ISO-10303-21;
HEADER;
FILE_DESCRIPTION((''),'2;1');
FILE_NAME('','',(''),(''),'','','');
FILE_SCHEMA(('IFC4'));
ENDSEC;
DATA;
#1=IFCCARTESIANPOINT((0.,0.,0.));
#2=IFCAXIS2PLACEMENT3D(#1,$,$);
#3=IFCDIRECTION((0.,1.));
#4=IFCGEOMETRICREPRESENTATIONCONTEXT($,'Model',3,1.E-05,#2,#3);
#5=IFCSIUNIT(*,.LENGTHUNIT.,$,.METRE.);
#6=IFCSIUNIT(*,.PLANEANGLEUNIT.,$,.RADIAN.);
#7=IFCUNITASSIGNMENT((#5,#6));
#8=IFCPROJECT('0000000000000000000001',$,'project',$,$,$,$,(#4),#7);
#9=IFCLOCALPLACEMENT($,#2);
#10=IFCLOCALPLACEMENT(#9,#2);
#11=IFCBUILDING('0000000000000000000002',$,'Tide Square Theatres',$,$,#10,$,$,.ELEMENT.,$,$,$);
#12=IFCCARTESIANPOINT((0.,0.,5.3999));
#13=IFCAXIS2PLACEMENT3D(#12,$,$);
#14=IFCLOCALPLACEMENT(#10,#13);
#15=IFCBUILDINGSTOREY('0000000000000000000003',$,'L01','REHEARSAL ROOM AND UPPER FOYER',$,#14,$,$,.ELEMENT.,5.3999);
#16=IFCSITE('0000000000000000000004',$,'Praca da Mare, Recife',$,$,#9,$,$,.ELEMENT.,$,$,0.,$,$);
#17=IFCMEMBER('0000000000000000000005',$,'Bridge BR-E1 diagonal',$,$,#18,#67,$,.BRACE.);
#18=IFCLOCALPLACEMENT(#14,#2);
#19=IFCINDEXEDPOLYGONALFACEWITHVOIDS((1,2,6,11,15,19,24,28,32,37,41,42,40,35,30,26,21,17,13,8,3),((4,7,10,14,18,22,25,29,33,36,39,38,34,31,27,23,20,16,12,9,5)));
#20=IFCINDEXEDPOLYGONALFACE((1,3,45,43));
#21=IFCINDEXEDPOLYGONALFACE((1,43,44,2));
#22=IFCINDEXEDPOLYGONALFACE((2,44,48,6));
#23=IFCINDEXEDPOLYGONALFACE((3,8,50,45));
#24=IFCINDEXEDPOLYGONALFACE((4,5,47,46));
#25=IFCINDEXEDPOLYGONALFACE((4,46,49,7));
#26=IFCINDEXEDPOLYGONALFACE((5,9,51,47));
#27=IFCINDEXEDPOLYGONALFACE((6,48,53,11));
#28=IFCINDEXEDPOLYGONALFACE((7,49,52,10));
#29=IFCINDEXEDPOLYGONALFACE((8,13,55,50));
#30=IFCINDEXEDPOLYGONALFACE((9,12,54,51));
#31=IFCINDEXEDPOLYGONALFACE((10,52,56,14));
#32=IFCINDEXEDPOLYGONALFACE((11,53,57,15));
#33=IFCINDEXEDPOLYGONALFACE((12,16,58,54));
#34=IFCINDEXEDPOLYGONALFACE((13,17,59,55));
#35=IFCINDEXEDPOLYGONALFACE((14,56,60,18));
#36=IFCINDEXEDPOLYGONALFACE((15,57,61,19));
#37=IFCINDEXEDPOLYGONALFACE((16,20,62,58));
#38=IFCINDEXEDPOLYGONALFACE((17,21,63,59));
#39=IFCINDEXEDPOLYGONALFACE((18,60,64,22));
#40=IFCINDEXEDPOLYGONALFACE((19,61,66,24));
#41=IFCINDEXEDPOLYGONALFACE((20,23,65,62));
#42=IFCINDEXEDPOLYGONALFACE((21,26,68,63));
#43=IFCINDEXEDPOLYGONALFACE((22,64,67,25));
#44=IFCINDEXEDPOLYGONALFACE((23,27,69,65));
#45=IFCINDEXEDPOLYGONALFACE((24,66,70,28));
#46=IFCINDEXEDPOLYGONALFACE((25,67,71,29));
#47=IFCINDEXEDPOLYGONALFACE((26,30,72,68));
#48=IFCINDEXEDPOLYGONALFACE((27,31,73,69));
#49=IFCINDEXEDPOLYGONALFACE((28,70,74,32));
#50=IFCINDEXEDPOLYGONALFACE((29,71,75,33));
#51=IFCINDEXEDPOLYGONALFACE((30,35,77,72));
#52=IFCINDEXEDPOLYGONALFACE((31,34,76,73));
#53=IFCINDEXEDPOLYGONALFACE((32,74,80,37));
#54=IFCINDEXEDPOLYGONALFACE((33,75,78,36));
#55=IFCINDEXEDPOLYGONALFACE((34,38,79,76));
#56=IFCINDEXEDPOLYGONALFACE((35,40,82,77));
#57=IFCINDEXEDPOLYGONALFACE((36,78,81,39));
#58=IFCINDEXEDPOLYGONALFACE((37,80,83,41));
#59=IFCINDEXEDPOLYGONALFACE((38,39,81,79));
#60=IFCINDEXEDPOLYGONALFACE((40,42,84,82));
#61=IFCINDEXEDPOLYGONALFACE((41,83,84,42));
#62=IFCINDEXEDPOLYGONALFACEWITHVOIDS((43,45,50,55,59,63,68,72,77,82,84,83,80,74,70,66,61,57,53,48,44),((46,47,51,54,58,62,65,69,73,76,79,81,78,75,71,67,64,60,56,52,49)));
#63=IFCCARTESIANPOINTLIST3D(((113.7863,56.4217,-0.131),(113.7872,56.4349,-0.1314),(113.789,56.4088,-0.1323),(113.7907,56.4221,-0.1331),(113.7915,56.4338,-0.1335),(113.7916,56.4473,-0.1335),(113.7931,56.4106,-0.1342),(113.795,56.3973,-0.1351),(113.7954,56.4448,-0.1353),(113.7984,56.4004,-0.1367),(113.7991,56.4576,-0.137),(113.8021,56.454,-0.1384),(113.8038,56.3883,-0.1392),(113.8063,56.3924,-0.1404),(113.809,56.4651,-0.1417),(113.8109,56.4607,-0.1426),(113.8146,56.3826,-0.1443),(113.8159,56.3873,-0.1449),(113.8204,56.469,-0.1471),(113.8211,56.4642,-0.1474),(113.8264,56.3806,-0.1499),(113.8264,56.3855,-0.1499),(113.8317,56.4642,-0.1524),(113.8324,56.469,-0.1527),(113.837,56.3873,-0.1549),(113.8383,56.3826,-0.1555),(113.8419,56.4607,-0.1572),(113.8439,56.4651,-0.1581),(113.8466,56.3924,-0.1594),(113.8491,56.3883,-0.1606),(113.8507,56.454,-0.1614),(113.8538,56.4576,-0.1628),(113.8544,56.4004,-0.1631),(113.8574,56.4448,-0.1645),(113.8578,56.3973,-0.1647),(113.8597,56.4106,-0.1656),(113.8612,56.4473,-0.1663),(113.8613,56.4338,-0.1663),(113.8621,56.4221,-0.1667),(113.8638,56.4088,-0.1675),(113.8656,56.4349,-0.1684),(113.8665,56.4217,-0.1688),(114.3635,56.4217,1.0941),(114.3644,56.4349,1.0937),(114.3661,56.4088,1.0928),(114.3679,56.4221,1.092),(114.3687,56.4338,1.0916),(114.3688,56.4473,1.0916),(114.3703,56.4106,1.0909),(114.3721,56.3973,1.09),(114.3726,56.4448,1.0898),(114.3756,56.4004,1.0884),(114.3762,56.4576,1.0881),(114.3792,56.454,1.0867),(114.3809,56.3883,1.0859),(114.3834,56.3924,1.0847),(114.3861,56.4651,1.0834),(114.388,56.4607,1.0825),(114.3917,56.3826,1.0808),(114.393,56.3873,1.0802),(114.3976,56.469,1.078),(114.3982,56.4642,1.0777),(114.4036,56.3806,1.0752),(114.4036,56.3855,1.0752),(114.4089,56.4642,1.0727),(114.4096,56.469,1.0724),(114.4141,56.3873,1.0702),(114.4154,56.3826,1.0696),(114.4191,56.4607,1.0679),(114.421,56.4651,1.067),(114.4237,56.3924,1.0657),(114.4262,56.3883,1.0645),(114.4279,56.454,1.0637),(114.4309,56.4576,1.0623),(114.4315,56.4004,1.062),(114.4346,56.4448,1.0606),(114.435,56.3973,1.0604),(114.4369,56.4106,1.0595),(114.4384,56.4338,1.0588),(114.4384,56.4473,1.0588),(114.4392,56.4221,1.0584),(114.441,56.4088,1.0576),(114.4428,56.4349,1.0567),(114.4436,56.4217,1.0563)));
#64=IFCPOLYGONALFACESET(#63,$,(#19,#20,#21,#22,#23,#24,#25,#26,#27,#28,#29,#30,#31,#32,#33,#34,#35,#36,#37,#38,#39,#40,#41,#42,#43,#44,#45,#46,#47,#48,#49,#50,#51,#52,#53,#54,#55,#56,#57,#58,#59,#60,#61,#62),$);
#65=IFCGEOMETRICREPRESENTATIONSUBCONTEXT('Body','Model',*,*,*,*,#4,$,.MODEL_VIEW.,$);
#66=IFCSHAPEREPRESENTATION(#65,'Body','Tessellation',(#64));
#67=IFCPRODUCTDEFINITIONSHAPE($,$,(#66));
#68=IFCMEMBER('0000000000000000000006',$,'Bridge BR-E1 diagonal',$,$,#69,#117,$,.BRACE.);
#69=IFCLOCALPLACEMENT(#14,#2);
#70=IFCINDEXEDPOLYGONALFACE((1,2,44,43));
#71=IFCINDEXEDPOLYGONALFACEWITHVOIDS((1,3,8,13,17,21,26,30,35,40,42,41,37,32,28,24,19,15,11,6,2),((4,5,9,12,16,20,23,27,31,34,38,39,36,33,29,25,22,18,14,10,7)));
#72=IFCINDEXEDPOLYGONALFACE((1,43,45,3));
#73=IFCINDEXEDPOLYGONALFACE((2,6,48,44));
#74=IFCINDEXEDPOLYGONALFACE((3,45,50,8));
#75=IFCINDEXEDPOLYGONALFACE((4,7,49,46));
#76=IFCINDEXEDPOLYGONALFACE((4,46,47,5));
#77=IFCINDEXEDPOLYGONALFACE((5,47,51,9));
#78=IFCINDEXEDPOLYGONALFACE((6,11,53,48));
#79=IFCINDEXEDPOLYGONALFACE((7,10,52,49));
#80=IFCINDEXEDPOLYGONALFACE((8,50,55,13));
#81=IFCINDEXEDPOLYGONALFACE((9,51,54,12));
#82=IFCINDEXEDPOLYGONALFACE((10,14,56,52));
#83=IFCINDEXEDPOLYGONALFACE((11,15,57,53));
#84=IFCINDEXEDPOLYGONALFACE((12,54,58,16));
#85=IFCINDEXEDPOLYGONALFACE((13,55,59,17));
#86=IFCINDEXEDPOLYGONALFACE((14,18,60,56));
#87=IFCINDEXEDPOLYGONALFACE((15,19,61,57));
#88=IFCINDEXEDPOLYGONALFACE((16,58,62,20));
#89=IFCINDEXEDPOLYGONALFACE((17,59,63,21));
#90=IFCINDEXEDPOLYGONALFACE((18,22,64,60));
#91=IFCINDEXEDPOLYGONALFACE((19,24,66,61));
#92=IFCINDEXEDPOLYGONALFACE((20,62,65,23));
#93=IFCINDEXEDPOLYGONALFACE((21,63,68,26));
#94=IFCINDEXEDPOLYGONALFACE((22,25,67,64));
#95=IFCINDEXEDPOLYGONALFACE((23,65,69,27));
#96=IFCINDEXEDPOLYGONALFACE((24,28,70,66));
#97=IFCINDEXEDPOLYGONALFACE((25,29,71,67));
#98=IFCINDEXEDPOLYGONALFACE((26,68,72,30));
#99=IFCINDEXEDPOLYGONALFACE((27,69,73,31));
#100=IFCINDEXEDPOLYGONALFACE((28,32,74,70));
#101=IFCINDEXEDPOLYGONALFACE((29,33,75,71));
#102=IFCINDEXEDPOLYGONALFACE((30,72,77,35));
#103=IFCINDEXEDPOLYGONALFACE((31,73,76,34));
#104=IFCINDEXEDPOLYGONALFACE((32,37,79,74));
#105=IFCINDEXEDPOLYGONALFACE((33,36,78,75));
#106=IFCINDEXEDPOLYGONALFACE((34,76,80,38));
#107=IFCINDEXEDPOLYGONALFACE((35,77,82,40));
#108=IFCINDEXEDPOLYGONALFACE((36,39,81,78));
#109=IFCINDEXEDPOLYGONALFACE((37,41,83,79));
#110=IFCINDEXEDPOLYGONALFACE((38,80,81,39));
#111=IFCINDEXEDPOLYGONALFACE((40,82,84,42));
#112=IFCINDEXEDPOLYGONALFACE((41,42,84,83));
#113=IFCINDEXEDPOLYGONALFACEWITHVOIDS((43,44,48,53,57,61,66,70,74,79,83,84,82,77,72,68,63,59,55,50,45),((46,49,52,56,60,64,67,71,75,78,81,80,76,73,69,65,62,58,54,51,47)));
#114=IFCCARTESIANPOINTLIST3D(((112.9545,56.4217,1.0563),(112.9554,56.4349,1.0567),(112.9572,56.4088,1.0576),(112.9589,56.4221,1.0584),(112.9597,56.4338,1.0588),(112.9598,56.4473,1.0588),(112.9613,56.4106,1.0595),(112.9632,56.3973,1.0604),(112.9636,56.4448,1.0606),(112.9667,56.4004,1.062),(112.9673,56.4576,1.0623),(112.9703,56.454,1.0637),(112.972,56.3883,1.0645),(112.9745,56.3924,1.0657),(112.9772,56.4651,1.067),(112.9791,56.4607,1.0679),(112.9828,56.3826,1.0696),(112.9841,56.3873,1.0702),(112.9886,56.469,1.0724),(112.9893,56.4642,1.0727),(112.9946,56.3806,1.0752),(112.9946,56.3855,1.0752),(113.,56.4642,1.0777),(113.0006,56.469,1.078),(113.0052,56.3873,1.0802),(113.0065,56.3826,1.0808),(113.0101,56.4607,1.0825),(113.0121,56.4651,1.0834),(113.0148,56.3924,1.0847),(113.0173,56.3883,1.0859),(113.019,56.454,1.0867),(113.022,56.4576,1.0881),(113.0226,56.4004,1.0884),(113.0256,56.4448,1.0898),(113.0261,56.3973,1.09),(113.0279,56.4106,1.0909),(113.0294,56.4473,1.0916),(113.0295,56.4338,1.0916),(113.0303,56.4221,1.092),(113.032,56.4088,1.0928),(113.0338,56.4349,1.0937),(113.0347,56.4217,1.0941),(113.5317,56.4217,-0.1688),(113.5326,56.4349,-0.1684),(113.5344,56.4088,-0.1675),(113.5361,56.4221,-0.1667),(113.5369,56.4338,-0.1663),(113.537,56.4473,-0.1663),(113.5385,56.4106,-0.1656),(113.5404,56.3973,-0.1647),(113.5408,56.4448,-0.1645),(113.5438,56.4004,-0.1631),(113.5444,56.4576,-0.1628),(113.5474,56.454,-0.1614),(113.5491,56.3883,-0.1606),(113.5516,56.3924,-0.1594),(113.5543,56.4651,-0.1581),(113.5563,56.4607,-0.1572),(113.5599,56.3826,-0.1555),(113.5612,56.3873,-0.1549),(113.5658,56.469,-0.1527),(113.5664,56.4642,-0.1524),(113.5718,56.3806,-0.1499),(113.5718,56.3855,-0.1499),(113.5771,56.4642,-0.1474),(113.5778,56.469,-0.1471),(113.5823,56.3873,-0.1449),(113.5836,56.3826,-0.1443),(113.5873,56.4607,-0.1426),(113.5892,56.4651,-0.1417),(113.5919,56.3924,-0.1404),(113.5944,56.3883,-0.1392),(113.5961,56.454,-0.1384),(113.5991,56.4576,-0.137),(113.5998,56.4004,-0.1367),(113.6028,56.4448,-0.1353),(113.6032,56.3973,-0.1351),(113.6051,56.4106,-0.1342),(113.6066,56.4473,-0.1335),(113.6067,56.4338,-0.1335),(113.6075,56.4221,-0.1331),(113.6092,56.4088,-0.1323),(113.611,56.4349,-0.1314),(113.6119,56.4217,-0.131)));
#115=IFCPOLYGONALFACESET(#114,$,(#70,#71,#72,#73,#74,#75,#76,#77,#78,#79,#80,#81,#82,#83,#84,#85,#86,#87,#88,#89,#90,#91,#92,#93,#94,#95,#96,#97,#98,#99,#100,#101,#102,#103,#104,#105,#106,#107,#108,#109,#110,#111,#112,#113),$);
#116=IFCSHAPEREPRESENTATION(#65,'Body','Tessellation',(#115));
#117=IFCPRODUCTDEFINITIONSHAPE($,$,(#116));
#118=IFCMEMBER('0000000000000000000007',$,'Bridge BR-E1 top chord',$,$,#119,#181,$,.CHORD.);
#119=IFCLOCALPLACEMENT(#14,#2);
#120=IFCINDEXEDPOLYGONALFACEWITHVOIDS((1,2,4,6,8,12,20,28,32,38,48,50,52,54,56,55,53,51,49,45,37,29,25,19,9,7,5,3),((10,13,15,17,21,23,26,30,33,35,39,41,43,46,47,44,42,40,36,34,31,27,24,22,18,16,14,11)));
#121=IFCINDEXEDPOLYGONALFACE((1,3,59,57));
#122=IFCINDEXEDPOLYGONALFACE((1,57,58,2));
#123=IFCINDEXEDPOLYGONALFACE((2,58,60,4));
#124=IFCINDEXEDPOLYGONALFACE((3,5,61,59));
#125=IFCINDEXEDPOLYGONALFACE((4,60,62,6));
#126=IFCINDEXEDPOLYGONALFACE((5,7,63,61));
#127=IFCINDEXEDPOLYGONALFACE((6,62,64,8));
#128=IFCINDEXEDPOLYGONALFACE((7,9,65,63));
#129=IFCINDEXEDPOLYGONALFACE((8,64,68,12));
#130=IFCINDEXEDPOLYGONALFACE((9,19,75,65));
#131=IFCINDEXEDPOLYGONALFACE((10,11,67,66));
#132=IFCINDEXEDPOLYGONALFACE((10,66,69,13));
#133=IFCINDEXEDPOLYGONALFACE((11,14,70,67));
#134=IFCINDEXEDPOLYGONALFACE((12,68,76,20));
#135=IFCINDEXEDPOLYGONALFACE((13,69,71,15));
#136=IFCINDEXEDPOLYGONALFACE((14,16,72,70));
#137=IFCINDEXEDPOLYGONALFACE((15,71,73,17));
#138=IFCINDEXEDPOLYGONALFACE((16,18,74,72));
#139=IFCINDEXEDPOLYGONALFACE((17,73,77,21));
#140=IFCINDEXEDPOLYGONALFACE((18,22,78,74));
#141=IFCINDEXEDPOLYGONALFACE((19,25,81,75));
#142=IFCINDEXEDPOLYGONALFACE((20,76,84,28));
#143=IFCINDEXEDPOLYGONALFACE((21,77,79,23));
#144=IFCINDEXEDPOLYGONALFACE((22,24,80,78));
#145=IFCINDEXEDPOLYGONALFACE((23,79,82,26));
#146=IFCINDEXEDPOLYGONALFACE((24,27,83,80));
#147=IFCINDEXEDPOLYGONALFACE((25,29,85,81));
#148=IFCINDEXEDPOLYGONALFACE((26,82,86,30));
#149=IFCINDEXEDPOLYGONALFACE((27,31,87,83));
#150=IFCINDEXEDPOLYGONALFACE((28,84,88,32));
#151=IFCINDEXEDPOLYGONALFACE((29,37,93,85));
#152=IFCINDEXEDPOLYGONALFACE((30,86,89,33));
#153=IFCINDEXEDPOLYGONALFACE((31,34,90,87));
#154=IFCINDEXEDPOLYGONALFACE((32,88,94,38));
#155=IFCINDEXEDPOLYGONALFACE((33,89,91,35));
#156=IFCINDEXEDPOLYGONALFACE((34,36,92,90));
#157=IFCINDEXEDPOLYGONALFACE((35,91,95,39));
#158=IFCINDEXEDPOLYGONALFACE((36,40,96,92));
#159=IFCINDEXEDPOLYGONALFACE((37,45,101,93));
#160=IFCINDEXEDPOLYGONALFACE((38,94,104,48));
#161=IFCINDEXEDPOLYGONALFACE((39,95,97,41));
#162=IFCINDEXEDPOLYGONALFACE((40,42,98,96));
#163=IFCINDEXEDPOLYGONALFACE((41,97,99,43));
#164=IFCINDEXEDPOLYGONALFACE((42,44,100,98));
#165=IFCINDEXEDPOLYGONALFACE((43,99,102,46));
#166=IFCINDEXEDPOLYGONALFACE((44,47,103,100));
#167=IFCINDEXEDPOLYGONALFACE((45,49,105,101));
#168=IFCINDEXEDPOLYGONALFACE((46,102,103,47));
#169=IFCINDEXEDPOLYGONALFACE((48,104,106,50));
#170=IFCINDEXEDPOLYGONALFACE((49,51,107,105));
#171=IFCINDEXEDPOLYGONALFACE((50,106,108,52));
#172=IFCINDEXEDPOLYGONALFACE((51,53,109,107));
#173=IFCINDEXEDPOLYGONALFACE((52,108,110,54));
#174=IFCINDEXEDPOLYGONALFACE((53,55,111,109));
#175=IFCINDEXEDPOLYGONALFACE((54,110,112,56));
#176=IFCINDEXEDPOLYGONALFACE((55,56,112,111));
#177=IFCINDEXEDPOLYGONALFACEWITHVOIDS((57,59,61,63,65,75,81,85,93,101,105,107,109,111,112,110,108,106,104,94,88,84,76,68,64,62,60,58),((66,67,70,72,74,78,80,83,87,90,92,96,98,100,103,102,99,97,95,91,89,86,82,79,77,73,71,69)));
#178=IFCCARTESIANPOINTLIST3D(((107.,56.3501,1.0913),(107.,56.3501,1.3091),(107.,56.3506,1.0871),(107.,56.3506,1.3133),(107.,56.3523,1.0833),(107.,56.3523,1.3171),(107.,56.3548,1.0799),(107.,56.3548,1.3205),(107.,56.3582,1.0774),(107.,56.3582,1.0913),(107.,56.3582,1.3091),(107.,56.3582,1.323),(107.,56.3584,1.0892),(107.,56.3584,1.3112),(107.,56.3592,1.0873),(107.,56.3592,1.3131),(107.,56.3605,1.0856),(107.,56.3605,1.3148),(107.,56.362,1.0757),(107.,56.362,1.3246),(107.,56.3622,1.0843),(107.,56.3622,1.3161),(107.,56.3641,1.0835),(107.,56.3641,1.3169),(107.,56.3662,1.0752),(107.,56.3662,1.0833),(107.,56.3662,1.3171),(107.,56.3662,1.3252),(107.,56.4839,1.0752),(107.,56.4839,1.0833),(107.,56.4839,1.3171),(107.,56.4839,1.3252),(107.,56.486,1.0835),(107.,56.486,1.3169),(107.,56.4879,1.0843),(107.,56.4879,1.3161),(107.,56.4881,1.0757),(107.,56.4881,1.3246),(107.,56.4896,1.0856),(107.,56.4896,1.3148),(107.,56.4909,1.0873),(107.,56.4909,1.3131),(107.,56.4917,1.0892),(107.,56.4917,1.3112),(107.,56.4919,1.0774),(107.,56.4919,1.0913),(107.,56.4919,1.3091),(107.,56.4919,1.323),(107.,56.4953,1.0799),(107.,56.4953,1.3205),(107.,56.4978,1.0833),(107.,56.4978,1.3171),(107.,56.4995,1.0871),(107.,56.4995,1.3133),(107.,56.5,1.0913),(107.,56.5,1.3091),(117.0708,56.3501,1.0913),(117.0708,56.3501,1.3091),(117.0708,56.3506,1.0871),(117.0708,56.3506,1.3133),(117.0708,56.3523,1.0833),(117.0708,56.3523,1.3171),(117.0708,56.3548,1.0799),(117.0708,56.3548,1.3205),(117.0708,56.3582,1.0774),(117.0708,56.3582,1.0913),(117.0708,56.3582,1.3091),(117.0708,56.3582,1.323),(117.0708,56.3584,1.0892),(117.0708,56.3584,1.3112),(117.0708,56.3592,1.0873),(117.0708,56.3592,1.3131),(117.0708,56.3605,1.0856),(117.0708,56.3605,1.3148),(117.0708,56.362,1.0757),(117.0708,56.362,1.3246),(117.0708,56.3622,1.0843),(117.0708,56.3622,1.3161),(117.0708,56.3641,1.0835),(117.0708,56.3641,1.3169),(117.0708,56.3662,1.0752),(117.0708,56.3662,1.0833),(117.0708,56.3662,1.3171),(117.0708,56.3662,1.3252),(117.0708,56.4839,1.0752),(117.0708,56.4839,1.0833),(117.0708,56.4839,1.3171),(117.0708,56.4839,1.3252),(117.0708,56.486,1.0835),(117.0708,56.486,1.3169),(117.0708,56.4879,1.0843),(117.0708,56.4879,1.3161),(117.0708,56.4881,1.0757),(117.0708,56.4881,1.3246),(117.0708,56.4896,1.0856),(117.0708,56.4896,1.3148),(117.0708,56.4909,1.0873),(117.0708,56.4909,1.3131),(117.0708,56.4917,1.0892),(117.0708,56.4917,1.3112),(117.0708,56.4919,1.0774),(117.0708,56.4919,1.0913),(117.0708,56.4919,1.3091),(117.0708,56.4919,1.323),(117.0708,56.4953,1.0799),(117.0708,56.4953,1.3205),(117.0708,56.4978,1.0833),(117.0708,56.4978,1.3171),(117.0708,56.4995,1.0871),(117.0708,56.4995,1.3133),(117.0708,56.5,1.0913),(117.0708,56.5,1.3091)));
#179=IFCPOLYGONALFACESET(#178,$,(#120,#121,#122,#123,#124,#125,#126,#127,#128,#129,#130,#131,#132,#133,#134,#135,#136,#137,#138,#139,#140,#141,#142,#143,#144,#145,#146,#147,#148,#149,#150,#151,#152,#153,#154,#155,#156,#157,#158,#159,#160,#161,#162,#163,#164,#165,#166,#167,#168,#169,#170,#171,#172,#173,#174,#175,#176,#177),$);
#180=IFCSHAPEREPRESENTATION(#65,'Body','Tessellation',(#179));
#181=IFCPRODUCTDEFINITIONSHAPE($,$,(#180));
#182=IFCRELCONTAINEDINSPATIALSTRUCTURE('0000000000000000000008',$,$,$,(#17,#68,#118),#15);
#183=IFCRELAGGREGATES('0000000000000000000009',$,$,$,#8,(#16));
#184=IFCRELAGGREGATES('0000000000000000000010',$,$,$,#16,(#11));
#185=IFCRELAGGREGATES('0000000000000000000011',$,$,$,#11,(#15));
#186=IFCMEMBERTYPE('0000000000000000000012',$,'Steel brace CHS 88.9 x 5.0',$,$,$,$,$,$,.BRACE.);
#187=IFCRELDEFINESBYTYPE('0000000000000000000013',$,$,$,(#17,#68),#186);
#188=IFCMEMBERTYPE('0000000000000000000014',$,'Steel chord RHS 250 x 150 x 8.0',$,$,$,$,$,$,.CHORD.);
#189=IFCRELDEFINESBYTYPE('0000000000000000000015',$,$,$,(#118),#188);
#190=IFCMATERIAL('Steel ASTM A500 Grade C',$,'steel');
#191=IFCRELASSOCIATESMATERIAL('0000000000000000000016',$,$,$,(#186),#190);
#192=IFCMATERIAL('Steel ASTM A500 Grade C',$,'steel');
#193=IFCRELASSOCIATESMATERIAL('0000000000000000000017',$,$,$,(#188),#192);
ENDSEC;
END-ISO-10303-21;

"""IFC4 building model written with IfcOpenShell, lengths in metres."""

from ifc_helpers import new_model, si_unit, direction, frame, origin, origin_2d, place, context, subcontext, project, spatial, hollow_rectangle, hollow_circle, extrude, material, material_profile, profile_set, type_object, element, save


model = new_model("IFC4")

# Units and contexts
model_context = context("Model", 3, precision=1e-05, world=origin(), true_north=direction((0.0, 1.0)))
body_context = subcontext(model_context, "Body", "Model", "MODEL_VIEW")
ifc_project = project(units=[si_unit("LENGTHUNIT", "METRE"), si_unit("PLANEANGLEUNIT", "RADIAN")], contexts=[model_context])

# Site, building, storey
site_placement = place(None, origin())
site = spatial("IfcSite", under=ifc_project, at=site_placement, Name="Praca da Mare, Recife", CompositionType="ELEMENT", RefElevation=0.0)
building_placement = place(site_placement, origin())
building = spatial("IfcBuilding", under=site, at=building_placement, Name="Tide Square Theatres", CompositionType="ELEMENT")
storey_placement = place(building_placement, frame((0.0, 0.0, 5.3999)))
storey = spatial("IfcBuildingStorey", under=building, at=storey_placement, Name="L01", Description="REHEARSAL ROOM AND UPPER FOYER", CompositionType="ELEMENT", Elevation=5.3999)

# Members
ifc_material_1 = material(Name="Steel ASTM A500 Grade C", Category="steel")
ifc_material_profile_1 = material_profile(ifc_material_1, hollow_circle(Radius=0.0444, WallThickness=0.0049, at=origin_2d()))
ifc_profile_set_1 = profile_set([ifc_material_profile_1], Name="Steel ASTM A500 Grade C")
member_type_1 = type_object("IfcMemberType", Name="Steel brace CHS 88.9 x 5.0", PredefinedType="BRACE", material=ifc_profile_set_1)
for number, where, z_axis, x_axis, name in (
    (1, (114.4036, 56.425, 1.0752), (-0.426179, 0.0, -0.904639), (0.0, -1.0, 0.0), "Bridge BR-E1 diagonal"),
    (2, (113.5718, 56.425, -0.1499), (-0.426179, 0.0, 0.904639), (0.0, -1.0, 0.0), "Bridge BR-E1 diagonal"),
):
    element("IfcMember", number, at=place(storey_placement, frame(where, z_axis=z_axis, x_axis=x_axis)), inside=storey, type_object=member_type_1, Name=name, PredefinedType="BRACE", context=body_context, shape_type="SweptSolid", body=[
        extrude(hollow_circle(Radius=0.0444, WallThickness=0.0049, at=origin_2d()), origin(), (0.0, 0.0, 1.0), 1.3542),
    ])
ifc_material_2 = material(Name="Steel ASTM A500 Grade C", Category="steel")
ifc_material_profile_2 = material_profile(ifc_material_2, hollow_rectangle(XDim=0.1499, YDim=0.25, WallThickness=0.0081, InnerFilletRadius=0.0081, OuterFilletRadius=0.0161, at=origin_2d()))
ifc_profile_set_2 = profile_set([ifc_material_profile_2], Name="Steel ASTM A500 Grade C")
member_type_2 = type_object("IfcMemberType", Name="Steel chord RHS 250 x 150 x 8.0", PredefinedType="CHORD", material=ifc_profile_set_2)
member_1_placement = place(storey_placement, frame((117.0708, 56.425, 1.2002), z_axis=(-1.0, 0.0, 0.0), x_axis=(0.0, -1.0, 0.0)))
element("IfcMember", 3, at=member_1_placement, inside=storey, type_object=member_type_2, Name="Bridge BR-E1 top chord", PredefinedType="CHORD", context=body_context, shape_type="SweptSolid", body=[
    extrude(hollow_rectangle(XDim=0.1499, YDim=0.25, WallThickness=0.0081, InnerFilletRadius=0.0081, OuterFilletRadius=0.0161, at=origin_2d()), origin(), (0.0, 0.0, 1.0), 10.0708),
])

save(model, "model.ifc")
